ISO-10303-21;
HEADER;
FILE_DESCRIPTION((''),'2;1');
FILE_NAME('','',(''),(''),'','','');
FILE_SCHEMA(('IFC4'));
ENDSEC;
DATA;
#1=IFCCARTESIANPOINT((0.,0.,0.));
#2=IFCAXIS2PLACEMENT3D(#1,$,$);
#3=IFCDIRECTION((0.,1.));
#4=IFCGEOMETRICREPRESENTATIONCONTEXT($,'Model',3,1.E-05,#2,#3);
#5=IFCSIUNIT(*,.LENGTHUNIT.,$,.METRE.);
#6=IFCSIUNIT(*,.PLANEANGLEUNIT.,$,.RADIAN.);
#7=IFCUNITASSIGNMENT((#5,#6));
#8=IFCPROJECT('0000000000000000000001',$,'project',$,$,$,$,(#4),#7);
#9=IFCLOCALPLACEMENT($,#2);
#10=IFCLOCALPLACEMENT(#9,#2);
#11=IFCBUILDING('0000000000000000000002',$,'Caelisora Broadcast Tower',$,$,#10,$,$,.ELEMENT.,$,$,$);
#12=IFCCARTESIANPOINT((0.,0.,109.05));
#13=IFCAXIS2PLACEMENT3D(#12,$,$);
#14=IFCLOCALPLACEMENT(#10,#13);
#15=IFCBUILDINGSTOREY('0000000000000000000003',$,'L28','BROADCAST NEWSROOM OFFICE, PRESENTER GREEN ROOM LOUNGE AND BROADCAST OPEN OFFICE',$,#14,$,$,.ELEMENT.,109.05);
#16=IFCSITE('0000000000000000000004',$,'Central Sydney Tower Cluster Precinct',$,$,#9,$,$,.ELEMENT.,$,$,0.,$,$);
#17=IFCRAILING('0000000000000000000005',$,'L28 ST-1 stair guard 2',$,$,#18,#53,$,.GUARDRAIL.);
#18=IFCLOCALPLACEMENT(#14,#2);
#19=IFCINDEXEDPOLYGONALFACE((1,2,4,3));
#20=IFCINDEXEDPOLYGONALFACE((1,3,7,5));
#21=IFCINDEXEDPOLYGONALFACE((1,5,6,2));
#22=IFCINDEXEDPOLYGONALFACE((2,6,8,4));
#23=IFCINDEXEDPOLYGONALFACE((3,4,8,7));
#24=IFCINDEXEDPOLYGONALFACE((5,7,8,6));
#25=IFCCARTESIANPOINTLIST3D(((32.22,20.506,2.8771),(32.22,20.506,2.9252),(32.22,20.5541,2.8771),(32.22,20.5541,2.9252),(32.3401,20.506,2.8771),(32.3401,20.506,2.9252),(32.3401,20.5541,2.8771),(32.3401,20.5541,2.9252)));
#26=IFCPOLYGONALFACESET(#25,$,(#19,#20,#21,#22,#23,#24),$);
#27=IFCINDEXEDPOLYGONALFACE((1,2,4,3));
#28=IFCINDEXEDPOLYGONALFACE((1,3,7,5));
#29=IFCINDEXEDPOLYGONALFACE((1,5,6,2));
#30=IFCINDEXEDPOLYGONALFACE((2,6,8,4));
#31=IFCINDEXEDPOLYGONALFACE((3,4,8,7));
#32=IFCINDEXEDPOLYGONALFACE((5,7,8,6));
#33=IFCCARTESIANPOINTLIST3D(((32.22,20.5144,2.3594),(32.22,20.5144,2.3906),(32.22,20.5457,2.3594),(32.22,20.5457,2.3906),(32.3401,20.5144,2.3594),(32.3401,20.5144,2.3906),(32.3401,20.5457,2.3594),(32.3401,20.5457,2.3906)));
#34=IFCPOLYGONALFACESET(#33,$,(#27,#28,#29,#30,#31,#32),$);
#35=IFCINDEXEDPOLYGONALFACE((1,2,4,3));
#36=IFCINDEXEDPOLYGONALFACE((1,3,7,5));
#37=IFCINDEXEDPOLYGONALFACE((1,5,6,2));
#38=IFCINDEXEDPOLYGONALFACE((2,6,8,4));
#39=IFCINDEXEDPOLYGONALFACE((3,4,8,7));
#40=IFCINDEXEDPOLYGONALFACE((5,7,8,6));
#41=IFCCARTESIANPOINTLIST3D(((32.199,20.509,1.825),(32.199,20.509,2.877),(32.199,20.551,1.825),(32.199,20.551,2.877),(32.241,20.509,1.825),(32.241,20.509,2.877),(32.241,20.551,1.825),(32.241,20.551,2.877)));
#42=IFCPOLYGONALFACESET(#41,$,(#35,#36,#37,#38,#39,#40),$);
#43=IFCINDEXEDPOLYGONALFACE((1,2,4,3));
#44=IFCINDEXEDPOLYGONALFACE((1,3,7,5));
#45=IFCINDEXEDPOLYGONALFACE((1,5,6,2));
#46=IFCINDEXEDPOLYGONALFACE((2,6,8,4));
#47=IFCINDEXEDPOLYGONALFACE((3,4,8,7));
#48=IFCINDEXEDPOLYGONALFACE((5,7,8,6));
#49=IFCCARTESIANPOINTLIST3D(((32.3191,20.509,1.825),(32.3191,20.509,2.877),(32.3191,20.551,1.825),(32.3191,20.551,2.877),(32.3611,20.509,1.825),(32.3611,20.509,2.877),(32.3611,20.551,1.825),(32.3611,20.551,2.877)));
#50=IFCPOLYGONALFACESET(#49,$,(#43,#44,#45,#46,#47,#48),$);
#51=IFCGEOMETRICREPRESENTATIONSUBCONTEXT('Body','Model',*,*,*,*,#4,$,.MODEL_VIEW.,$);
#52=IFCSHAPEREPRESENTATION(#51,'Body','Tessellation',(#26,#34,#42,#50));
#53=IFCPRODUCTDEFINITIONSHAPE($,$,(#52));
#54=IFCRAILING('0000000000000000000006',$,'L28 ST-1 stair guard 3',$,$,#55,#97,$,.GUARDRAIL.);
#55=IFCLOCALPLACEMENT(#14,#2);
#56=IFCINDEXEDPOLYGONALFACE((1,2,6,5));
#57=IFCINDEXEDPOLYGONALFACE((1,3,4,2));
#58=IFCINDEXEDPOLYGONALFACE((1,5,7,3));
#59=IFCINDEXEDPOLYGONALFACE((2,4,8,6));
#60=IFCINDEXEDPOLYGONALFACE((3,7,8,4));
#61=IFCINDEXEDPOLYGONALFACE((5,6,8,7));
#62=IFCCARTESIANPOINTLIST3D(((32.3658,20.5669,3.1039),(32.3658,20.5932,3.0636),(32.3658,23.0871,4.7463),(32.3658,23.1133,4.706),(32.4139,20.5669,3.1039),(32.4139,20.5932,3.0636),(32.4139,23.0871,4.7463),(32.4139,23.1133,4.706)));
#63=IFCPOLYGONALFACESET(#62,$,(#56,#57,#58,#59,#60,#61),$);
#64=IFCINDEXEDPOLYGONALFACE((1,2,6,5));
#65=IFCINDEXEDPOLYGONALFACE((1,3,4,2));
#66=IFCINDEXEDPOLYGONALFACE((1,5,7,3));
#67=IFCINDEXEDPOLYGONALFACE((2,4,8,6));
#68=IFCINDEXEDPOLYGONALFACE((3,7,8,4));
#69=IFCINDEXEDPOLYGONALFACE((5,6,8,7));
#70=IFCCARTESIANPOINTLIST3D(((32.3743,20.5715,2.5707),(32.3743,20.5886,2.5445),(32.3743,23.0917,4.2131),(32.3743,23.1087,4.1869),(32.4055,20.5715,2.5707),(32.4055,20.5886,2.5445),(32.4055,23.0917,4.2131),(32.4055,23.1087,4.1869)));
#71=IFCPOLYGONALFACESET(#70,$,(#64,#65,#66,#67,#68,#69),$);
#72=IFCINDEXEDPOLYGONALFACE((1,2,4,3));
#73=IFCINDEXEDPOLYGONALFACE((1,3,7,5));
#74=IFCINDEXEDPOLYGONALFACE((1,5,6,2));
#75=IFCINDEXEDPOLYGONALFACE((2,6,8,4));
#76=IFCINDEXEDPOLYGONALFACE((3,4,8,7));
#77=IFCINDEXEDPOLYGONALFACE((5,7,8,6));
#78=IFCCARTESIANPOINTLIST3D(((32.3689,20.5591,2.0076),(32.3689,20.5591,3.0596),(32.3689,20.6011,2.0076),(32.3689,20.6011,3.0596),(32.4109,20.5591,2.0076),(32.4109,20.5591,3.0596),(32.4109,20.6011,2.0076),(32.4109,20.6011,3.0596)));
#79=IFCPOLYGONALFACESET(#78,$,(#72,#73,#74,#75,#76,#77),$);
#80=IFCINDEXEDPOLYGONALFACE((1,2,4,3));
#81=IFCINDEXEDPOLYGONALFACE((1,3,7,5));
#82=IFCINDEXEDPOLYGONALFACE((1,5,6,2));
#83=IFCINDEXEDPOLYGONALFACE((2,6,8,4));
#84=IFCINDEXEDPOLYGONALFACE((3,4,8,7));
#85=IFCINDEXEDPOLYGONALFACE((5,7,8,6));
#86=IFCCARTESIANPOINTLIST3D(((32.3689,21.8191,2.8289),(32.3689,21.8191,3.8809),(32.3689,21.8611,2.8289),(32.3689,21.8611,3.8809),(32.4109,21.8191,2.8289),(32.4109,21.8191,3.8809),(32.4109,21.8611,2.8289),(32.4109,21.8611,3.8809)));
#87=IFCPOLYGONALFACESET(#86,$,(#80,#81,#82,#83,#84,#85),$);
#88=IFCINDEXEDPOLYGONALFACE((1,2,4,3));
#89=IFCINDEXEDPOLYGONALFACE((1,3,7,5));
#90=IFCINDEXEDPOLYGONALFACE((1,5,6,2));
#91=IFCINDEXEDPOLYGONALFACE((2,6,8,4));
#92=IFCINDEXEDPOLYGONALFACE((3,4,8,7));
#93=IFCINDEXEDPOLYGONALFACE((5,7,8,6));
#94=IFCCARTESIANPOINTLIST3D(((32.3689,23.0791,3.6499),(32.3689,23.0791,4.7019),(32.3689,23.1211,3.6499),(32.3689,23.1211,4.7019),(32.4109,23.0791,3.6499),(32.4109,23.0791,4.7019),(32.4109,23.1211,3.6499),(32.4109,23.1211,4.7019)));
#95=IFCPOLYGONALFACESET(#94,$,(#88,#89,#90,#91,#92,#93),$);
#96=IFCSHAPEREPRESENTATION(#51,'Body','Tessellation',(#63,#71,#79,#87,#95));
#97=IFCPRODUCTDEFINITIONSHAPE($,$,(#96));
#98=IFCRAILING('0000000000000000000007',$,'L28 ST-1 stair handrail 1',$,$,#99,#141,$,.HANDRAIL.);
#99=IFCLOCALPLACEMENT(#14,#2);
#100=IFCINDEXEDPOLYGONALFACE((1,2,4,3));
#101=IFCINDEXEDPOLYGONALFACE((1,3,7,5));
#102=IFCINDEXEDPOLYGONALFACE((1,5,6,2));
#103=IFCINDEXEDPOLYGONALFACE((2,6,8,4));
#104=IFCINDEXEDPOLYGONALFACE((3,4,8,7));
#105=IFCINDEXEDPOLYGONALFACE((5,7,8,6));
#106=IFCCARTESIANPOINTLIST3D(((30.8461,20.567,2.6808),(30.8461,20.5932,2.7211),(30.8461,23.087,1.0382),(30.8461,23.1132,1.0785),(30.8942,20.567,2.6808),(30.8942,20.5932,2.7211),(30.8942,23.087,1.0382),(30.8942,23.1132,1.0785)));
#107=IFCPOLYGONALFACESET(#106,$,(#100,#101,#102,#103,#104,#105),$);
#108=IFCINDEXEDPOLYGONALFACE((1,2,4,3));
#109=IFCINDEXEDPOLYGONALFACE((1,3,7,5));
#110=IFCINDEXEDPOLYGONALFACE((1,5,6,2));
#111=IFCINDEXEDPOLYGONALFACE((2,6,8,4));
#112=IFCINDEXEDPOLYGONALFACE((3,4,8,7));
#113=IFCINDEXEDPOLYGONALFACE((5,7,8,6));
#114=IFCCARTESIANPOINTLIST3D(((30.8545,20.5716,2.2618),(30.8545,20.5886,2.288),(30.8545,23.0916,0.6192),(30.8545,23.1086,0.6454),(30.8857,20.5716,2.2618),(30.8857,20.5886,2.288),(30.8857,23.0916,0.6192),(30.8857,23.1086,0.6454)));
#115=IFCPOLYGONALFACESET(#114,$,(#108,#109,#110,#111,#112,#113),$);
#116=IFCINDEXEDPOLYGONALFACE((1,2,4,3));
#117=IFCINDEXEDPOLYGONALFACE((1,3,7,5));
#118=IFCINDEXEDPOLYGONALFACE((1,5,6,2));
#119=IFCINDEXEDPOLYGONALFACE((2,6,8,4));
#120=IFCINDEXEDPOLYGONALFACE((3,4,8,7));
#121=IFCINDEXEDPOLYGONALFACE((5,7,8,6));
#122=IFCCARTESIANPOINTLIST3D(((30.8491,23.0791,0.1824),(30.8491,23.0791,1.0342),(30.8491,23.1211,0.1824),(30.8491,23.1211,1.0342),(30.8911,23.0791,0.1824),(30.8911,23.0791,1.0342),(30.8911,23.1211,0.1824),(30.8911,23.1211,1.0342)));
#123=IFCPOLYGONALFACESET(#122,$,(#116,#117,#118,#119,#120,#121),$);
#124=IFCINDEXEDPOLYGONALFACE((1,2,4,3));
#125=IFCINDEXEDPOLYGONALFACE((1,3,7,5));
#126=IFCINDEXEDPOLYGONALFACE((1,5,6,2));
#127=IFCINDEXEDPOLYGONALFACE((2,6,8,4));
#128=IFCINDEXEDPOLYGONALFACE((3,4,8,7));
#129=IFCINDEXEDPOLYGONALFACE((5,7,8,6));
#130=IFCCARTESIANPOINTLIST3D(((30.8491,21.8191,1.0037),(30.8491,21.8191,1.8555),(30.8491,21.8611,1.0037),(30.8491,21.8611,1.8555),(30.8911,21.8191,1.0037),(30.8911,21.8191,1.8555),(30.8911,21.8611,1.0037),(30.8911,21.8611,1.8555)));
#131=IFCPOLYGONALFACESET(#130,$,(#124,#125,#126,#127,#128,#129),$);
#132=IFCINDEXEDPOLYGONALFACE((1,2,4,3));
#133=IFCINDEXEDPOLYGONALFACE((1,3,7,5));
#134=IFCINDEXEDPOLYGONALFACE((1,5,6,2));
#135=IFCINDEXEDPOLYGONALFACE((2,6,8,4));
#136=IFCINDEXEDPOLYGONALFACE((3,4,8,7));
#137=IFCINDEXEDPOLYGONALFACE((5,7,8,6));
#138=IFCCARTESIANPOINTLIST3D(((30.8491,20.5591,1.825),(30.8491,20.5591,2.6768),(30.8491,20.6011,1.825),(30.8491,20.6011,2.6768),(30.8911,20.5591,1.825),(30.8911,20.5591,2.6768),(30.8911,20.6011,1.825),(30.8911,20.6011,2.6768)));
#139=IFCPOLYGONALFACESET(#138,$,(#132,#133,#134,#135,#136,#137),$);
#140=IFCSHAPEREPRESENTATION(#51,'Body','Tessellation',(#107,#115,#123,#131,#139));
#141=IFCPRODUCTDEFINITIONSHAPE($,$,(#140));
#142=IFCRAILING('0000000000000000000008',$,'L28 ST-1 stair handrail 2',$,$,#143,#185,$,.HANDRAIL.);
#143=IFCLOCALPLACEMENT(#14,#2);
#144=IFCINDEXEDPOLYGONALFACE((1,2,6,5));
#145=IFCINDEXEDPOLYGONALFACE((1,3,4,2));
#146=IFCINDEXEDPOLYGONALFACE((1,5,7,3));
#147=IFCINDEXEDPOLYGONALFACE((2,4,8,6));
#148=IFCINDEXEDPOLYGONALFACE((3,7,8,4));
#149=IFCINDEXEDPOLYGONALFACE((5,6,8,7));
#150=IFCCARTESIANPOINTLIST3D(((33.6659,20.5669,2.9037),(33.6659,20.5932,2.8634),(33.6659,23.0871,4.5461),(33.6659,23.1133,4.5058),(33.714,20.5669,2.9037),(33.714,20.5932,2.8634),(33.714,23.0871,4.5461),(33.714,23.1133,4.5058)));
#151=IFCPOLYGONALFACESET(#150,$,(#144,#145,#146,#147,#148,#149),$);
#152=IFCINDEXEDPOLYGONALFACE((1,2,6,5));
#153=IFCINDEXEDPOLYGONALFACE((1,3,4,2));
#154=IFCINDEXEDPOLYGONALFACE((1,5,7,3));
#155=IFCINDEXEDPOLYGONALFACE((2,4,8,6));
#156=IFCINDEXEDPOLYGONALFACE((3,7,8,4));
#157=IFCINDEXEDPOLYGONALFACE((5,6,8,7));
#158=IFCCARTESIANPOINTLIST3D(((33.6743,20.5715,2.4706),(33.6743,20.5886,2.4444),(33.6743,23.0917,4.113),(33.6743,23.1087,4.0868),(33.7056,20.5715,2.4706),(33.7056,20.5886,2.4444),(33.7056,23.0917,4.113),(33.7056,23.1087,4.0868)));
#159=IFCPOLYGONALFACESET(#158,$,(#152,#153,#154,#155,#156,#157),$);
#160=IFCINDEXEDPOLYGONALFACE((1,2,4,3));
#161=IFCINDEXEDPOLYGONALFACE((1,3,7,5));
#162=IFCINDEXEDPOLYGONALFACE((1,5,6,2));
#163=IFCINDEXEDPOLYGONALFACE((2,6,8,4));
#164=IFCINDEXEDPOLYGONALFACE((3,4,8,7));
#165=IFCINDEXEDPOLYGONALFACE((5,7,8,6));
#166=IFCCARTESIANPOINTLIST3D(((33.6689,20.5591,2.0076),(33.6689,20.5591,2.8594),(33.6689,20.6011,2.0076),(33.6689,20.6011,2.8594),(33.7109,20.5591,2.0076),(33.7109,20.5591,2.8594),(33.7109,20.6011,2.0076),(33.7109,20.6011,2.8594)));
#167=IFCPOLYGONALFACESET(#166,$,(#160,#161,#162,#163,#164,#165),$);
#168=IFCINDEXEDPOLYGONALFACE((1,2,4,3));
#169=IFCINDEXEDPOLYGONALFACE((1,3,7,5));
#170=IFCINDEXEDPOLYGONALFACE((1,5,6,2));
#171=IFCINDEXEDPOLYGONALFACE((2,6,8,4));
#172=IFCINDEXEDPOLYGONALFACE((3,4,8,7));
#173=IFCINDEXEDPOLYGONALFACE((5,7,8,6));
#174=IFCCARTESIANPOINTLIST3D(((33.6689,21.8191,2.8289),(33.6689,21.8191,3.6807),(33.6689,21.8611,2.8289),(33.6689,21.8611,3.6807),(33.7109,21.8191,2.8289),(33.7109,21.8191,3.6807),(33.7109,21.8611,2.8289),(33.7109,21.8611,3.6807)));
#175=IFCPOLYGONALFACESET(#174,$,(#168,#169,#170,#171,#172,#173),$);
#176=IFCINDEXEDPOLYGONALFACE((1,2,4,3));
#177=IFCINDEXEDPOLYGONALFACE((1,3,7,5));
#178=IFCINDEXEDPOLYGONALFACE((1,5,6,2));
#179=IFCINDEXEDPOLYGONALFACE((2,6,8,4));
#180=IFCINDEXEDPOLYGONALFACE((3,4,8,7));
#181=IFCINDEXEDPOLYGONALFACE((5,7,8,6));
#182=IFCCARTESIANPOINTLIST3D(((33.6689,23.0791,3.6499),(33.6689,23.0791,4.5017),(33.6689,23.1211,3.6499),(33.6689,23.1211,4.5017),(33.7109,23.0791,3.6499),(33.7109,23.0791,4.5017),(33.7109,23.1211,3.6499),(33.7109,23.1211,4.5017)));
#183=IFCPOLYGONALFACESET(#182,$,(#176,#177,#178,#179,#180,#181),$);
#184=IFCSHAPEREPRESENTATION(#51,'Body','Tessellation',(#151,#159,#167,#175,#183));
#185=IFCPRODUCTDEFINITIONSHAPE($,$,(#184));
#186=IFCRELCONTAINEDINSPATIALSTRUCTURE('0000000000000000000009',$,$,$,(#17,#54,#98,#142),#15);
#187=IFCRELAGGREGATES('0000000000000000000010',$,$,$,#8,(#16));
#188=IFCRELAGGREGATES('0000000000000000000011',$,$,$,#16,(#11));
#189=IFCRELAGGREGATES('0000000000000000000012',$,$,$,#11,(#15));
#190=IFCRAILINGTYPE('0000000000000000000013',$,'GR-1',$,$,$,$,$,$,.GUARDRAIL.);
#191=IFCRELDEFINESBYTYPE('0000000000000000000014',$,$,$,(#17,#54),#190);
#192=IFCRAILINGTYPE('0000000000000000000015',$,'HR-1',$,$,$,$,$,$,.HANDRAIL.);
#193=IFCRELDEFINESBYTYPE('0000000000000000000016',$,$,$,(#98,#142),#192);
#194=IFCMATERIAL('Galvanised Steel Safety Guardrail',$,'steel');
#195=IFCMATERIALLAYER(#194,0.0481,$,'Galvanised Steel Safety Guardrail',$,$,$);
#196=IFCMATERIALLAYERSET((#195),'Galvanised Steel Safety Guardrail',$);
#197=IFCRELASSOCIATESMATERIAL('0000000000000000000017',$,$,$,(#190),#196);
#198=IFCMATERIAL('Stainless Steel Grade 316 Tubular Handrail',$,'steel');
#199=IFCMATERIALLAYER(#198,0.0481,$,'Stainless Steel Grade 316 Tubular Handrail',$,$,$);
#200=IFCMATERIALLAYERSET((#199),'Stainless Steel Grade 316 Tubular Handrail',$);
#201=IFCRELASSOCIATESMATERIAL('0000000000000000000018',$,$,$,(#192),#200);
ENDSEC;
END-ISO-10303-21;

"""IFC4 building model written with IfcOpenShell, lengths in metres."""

from ifc_helpers import new_model, si_unit, direction, frame, origin, origin_2d, place, context, subcontext, project, spatial, rectangle, extrude, material, layer, layer_set, type_object, element, save


model = new_model("IFC4")

# Units and contexts
model_context = context("Model", 3, precision=1e-05, world=origin(), true_north=direction((0.0, 1.0)))
body_context = subcontext(model_context, "Body", "Model", "MODEL_VIEW")
ifc_project = project(units=[si_unit("LENGTHUNIT", "METRE"), si_unit("PLANEANGLEUNIT", "RADIAN")], contexts=[model_context])

# Site, building, storey
site_placement = place(None, origin())
site = spatial("IfcSite", under=ifc_project, at=site_placement, Name="Central Sydney Tower Cluster Precinct", CompositionType="ELEMENT", RefElevation=0.0)
building_placement = place(site_placement, origin())
building = spatial("IfcBuilding", under=site, at=building_placement, Name="Caelisora Broadcast Tower", CompositionType="ELEMENT")
storey_placement = place(building_placement, frame((0.0, 0.0, 109.05)))
storey = spatial("IfcBuildingStorey", under=building, at=storey_placement, Name="L28", Description="BROADCAST NEWSROOM OFFICE, PRESENTER GREEN ROOM LOUNGE AND BROADCAST OPEN OFFICE", CompositionType="ELEMENT", Elevation=109.05)

# Railings
ifc_material_1 = material(Name="Galvanised Steel Safety Guardrail", Category="steel")
ifc_layer_1 = layer(ifc_material_1, 0.0481, Name="Galvanised Steel Safety Guardrail")
ifc_layer_set_1 = layer_set([ifc_layer_1], Name="Galvanised Steel Safety Guardrail")
railing_type_1 = type_object("IfcRailingType", Name="GR-1", PredefinedType="GUARDRAIL", material=ifc_layer_set_1)
railing_1_placement = place(storey_placement, frame((32.22, 20.53, 1.825)))
element("IfcRailing", 1, at=railing_1_placement, inside=storey, type_object=railing_type_1, Name="L28 ST-1 stair guard 2", PredefinedType="GUARDRAIL", context=body_context, shape_type="SweptSolid", body=[
    extrude(rectangle(XDim=0.0481, YDim=0.0481, at=origin_2d()), frame((0.0, 0.0, 1.0762), z_axis=(1.0, 0.0, 0.0), x_axis=(0.0, 1.0, 0.0)), (0.0, 0.0, 1.0), 0.1201),
    extrude(rectangle(XDim=0.0312, YDim=0.0312, at=origin_2d()), frame((0.0, 0.0, 0.55), z_axis=(1.0, 0.0, 0.0), x_axis=(0.0, 1.0, 0.0)), (0.0, 0.0, 1.0), 0.1201),
    extrude(rectangle(XDim=0.042, YDim=0.042, at=origin_2d()), origin(), (0.0, 0.0, 1.0), 1.052),
    extrude(rectangle(XDim=0.042, YDim=0.042, at=origin_2d()), frame((0.1201, 0.0, 0.0)), (0.0, 0.0, 1.0), 1.052),
])
railing_2_placement = place(storey_placement, frame((32.3899, 20.5801, 2.0076)))
element("IfcRailing", 2, at=railing_2_placement, inside=storey, type_object=railing_type_1, Name="L28 ST-1 stair guard 3", PredefinedType="GUARDRAIL", context=body_context, shape_type="SweptSolid", body=[
    extrude(rectangle(XDim=0.0481, YDim=0.0481, at=origin_2d()), frame((0.0, 0.0, 1.0762), z_axis=(0.0, 0.837787, 0.545998), x_axis=(-1.0, 0.0, 0.0)), (0.0, 0.0, 1.0), 3.0081),
    extrude(rectangle(XDim=0.0312, YDim=0.0312, at=origin_2d()), frame((0.0, 0.0, 0.55), z_axis=(0.0, 0.837787, 0.545998), x_axis=(-1.0, 0.0, 0.0)), (0.0, 0.0, 1.0), 3.0081),
    extrude(rectangle(XDim=0.042, YDim=0.042, at=origin_2d()), origin(), (0.0, 0.0, 1.0), 1.052),
    extrude(rectangle(XDim=0.042, YDim=0.042, at=origin_2d()), frame((0.0, 1.26, 0.8213)), (0.0, 0.0, 1.0), 1.052),
    extrude(rectangle(XDim=0.042, YDim=0.042, at=origin_2d()), frame((0.0, 2.52, 1.6423)), (0.0, 0.0, 1.0), 1.052),
])
ifc_material_2 = material(Name="Stainless Steel Grade 316 Tubular Handrail", Category="steel")
ifc_layer_2 = layer(ifc_material_2, 0.0481, Name="Stainless Steel Grade 316 Tubular Handrail")
ifc_layer_set_2 = layer_set([ifc_layer_2], Name="Stainless Steel Grade 316 Tubular Handrail")
railing_type_2 = type_object("IfcRailingType", Name="HR-1", PredefinedType="HANDRAIL", material=ifc_layer_set_2)
railing_3_placement = place(storey_placement, frame((30.8701, 23.1001, 0.1824)))
element("IfcRailing", 3, at=railing_3_placement, inside=storey, type_object=railing_type_2, Name="L28 ST-1 stair handrail 1", PredefinedType="HANDRAIL", context=body_context, shape_type="SweptSolid", body=[
    extrude(rectangle(XDim=0.0481, YDim=0.0481, at=origin_2d()), frame((0.0, 0.0, 0.876), z_axis=(0.0, -0.837749, 0.546055), x_axis=(1.0, 0.0, 0.0)), (0.0, 0.0, 1.0), 3.0081),
    extrude(rectangle(XDim=0.0312, YDim=0.0312, at=origin_2d()), frame((0.0, 0.0, 0.45), z_axis=(0.0, -0.837749, 0.546055), x_axis=(1.0, 0.0, 0.0)), (0.0, 0.0, 1.0), 3.0081),
    extrude(rectangle(XDim=0.042, YDim=0.042, at=origin_2d()), origin(), (0.0, 0.0, 1.0), 0.8518),
    extrude(rectangle(XDim=0.042, YDim=0.042, at=origin_2d()), frame((0.0, -1.26, 0.8213)), (0.0, 0.0, 1.0), 0.8518),
    extrude(rectangle(XDim=0.042, YDim=0.042, at=origin_2d()), frame((0.0, -2.52, 1.6426)), (0.0, 0.0, 1.0), 0.8518),
])
railing_4_placement = place(storey_placement, frame((33.6899, 20.5801, 2.0076)))
element("IfcRailing", 4, at=railing_4_placement, inside=storey, type_object=railing_type_2, Name="L28 ST-1 stair handrail 2", PredefinedType="HANDRAIL", context=body_context, shape_type="SweptSolid", body=[
    extrude(rectangle(XDim=0.0481, YDim=0.0481, at=origin_2d()), frame((0.0, 0.0, 0.876), z_axis=(0.0, 0.837787, 0.545998), x_axis=(-1.0, 0.0, 0.0)), (0.0, 0.0, 1.0), 3.0081),
    extrude(rectangle(XDim=0.0312, YDim=0.0312, at=origin_2d()), frame((0.0, 0.0, 0.45), z_axis=(0.0, 0.837787, 0.545998), x_axis=(-1.0, 0.0, 0.0)), (0.0, 0.0, 1.0), 3.0081),
    extrude(rectangle(XDim=0.042, YDim=0.042, at=origin_2d()), origin(), (0.0, 0.0, 1.0), 0.8518),
    extrude(rectangle(XDim=0.042, YDim=0.042, at=origin_2d()), frame((0.0, 1.26, 0.8213)), (0.0, 0.0, 1.0), 0.8518),
    extrude(rectangle(XDim=0.042, YDim=0.042, at=origin_2d()), frame((0.0, 2.52, 1.6423)), (0.0, 0.0, 1.0), 0.8518),
])

save(model, "model.ifc")
